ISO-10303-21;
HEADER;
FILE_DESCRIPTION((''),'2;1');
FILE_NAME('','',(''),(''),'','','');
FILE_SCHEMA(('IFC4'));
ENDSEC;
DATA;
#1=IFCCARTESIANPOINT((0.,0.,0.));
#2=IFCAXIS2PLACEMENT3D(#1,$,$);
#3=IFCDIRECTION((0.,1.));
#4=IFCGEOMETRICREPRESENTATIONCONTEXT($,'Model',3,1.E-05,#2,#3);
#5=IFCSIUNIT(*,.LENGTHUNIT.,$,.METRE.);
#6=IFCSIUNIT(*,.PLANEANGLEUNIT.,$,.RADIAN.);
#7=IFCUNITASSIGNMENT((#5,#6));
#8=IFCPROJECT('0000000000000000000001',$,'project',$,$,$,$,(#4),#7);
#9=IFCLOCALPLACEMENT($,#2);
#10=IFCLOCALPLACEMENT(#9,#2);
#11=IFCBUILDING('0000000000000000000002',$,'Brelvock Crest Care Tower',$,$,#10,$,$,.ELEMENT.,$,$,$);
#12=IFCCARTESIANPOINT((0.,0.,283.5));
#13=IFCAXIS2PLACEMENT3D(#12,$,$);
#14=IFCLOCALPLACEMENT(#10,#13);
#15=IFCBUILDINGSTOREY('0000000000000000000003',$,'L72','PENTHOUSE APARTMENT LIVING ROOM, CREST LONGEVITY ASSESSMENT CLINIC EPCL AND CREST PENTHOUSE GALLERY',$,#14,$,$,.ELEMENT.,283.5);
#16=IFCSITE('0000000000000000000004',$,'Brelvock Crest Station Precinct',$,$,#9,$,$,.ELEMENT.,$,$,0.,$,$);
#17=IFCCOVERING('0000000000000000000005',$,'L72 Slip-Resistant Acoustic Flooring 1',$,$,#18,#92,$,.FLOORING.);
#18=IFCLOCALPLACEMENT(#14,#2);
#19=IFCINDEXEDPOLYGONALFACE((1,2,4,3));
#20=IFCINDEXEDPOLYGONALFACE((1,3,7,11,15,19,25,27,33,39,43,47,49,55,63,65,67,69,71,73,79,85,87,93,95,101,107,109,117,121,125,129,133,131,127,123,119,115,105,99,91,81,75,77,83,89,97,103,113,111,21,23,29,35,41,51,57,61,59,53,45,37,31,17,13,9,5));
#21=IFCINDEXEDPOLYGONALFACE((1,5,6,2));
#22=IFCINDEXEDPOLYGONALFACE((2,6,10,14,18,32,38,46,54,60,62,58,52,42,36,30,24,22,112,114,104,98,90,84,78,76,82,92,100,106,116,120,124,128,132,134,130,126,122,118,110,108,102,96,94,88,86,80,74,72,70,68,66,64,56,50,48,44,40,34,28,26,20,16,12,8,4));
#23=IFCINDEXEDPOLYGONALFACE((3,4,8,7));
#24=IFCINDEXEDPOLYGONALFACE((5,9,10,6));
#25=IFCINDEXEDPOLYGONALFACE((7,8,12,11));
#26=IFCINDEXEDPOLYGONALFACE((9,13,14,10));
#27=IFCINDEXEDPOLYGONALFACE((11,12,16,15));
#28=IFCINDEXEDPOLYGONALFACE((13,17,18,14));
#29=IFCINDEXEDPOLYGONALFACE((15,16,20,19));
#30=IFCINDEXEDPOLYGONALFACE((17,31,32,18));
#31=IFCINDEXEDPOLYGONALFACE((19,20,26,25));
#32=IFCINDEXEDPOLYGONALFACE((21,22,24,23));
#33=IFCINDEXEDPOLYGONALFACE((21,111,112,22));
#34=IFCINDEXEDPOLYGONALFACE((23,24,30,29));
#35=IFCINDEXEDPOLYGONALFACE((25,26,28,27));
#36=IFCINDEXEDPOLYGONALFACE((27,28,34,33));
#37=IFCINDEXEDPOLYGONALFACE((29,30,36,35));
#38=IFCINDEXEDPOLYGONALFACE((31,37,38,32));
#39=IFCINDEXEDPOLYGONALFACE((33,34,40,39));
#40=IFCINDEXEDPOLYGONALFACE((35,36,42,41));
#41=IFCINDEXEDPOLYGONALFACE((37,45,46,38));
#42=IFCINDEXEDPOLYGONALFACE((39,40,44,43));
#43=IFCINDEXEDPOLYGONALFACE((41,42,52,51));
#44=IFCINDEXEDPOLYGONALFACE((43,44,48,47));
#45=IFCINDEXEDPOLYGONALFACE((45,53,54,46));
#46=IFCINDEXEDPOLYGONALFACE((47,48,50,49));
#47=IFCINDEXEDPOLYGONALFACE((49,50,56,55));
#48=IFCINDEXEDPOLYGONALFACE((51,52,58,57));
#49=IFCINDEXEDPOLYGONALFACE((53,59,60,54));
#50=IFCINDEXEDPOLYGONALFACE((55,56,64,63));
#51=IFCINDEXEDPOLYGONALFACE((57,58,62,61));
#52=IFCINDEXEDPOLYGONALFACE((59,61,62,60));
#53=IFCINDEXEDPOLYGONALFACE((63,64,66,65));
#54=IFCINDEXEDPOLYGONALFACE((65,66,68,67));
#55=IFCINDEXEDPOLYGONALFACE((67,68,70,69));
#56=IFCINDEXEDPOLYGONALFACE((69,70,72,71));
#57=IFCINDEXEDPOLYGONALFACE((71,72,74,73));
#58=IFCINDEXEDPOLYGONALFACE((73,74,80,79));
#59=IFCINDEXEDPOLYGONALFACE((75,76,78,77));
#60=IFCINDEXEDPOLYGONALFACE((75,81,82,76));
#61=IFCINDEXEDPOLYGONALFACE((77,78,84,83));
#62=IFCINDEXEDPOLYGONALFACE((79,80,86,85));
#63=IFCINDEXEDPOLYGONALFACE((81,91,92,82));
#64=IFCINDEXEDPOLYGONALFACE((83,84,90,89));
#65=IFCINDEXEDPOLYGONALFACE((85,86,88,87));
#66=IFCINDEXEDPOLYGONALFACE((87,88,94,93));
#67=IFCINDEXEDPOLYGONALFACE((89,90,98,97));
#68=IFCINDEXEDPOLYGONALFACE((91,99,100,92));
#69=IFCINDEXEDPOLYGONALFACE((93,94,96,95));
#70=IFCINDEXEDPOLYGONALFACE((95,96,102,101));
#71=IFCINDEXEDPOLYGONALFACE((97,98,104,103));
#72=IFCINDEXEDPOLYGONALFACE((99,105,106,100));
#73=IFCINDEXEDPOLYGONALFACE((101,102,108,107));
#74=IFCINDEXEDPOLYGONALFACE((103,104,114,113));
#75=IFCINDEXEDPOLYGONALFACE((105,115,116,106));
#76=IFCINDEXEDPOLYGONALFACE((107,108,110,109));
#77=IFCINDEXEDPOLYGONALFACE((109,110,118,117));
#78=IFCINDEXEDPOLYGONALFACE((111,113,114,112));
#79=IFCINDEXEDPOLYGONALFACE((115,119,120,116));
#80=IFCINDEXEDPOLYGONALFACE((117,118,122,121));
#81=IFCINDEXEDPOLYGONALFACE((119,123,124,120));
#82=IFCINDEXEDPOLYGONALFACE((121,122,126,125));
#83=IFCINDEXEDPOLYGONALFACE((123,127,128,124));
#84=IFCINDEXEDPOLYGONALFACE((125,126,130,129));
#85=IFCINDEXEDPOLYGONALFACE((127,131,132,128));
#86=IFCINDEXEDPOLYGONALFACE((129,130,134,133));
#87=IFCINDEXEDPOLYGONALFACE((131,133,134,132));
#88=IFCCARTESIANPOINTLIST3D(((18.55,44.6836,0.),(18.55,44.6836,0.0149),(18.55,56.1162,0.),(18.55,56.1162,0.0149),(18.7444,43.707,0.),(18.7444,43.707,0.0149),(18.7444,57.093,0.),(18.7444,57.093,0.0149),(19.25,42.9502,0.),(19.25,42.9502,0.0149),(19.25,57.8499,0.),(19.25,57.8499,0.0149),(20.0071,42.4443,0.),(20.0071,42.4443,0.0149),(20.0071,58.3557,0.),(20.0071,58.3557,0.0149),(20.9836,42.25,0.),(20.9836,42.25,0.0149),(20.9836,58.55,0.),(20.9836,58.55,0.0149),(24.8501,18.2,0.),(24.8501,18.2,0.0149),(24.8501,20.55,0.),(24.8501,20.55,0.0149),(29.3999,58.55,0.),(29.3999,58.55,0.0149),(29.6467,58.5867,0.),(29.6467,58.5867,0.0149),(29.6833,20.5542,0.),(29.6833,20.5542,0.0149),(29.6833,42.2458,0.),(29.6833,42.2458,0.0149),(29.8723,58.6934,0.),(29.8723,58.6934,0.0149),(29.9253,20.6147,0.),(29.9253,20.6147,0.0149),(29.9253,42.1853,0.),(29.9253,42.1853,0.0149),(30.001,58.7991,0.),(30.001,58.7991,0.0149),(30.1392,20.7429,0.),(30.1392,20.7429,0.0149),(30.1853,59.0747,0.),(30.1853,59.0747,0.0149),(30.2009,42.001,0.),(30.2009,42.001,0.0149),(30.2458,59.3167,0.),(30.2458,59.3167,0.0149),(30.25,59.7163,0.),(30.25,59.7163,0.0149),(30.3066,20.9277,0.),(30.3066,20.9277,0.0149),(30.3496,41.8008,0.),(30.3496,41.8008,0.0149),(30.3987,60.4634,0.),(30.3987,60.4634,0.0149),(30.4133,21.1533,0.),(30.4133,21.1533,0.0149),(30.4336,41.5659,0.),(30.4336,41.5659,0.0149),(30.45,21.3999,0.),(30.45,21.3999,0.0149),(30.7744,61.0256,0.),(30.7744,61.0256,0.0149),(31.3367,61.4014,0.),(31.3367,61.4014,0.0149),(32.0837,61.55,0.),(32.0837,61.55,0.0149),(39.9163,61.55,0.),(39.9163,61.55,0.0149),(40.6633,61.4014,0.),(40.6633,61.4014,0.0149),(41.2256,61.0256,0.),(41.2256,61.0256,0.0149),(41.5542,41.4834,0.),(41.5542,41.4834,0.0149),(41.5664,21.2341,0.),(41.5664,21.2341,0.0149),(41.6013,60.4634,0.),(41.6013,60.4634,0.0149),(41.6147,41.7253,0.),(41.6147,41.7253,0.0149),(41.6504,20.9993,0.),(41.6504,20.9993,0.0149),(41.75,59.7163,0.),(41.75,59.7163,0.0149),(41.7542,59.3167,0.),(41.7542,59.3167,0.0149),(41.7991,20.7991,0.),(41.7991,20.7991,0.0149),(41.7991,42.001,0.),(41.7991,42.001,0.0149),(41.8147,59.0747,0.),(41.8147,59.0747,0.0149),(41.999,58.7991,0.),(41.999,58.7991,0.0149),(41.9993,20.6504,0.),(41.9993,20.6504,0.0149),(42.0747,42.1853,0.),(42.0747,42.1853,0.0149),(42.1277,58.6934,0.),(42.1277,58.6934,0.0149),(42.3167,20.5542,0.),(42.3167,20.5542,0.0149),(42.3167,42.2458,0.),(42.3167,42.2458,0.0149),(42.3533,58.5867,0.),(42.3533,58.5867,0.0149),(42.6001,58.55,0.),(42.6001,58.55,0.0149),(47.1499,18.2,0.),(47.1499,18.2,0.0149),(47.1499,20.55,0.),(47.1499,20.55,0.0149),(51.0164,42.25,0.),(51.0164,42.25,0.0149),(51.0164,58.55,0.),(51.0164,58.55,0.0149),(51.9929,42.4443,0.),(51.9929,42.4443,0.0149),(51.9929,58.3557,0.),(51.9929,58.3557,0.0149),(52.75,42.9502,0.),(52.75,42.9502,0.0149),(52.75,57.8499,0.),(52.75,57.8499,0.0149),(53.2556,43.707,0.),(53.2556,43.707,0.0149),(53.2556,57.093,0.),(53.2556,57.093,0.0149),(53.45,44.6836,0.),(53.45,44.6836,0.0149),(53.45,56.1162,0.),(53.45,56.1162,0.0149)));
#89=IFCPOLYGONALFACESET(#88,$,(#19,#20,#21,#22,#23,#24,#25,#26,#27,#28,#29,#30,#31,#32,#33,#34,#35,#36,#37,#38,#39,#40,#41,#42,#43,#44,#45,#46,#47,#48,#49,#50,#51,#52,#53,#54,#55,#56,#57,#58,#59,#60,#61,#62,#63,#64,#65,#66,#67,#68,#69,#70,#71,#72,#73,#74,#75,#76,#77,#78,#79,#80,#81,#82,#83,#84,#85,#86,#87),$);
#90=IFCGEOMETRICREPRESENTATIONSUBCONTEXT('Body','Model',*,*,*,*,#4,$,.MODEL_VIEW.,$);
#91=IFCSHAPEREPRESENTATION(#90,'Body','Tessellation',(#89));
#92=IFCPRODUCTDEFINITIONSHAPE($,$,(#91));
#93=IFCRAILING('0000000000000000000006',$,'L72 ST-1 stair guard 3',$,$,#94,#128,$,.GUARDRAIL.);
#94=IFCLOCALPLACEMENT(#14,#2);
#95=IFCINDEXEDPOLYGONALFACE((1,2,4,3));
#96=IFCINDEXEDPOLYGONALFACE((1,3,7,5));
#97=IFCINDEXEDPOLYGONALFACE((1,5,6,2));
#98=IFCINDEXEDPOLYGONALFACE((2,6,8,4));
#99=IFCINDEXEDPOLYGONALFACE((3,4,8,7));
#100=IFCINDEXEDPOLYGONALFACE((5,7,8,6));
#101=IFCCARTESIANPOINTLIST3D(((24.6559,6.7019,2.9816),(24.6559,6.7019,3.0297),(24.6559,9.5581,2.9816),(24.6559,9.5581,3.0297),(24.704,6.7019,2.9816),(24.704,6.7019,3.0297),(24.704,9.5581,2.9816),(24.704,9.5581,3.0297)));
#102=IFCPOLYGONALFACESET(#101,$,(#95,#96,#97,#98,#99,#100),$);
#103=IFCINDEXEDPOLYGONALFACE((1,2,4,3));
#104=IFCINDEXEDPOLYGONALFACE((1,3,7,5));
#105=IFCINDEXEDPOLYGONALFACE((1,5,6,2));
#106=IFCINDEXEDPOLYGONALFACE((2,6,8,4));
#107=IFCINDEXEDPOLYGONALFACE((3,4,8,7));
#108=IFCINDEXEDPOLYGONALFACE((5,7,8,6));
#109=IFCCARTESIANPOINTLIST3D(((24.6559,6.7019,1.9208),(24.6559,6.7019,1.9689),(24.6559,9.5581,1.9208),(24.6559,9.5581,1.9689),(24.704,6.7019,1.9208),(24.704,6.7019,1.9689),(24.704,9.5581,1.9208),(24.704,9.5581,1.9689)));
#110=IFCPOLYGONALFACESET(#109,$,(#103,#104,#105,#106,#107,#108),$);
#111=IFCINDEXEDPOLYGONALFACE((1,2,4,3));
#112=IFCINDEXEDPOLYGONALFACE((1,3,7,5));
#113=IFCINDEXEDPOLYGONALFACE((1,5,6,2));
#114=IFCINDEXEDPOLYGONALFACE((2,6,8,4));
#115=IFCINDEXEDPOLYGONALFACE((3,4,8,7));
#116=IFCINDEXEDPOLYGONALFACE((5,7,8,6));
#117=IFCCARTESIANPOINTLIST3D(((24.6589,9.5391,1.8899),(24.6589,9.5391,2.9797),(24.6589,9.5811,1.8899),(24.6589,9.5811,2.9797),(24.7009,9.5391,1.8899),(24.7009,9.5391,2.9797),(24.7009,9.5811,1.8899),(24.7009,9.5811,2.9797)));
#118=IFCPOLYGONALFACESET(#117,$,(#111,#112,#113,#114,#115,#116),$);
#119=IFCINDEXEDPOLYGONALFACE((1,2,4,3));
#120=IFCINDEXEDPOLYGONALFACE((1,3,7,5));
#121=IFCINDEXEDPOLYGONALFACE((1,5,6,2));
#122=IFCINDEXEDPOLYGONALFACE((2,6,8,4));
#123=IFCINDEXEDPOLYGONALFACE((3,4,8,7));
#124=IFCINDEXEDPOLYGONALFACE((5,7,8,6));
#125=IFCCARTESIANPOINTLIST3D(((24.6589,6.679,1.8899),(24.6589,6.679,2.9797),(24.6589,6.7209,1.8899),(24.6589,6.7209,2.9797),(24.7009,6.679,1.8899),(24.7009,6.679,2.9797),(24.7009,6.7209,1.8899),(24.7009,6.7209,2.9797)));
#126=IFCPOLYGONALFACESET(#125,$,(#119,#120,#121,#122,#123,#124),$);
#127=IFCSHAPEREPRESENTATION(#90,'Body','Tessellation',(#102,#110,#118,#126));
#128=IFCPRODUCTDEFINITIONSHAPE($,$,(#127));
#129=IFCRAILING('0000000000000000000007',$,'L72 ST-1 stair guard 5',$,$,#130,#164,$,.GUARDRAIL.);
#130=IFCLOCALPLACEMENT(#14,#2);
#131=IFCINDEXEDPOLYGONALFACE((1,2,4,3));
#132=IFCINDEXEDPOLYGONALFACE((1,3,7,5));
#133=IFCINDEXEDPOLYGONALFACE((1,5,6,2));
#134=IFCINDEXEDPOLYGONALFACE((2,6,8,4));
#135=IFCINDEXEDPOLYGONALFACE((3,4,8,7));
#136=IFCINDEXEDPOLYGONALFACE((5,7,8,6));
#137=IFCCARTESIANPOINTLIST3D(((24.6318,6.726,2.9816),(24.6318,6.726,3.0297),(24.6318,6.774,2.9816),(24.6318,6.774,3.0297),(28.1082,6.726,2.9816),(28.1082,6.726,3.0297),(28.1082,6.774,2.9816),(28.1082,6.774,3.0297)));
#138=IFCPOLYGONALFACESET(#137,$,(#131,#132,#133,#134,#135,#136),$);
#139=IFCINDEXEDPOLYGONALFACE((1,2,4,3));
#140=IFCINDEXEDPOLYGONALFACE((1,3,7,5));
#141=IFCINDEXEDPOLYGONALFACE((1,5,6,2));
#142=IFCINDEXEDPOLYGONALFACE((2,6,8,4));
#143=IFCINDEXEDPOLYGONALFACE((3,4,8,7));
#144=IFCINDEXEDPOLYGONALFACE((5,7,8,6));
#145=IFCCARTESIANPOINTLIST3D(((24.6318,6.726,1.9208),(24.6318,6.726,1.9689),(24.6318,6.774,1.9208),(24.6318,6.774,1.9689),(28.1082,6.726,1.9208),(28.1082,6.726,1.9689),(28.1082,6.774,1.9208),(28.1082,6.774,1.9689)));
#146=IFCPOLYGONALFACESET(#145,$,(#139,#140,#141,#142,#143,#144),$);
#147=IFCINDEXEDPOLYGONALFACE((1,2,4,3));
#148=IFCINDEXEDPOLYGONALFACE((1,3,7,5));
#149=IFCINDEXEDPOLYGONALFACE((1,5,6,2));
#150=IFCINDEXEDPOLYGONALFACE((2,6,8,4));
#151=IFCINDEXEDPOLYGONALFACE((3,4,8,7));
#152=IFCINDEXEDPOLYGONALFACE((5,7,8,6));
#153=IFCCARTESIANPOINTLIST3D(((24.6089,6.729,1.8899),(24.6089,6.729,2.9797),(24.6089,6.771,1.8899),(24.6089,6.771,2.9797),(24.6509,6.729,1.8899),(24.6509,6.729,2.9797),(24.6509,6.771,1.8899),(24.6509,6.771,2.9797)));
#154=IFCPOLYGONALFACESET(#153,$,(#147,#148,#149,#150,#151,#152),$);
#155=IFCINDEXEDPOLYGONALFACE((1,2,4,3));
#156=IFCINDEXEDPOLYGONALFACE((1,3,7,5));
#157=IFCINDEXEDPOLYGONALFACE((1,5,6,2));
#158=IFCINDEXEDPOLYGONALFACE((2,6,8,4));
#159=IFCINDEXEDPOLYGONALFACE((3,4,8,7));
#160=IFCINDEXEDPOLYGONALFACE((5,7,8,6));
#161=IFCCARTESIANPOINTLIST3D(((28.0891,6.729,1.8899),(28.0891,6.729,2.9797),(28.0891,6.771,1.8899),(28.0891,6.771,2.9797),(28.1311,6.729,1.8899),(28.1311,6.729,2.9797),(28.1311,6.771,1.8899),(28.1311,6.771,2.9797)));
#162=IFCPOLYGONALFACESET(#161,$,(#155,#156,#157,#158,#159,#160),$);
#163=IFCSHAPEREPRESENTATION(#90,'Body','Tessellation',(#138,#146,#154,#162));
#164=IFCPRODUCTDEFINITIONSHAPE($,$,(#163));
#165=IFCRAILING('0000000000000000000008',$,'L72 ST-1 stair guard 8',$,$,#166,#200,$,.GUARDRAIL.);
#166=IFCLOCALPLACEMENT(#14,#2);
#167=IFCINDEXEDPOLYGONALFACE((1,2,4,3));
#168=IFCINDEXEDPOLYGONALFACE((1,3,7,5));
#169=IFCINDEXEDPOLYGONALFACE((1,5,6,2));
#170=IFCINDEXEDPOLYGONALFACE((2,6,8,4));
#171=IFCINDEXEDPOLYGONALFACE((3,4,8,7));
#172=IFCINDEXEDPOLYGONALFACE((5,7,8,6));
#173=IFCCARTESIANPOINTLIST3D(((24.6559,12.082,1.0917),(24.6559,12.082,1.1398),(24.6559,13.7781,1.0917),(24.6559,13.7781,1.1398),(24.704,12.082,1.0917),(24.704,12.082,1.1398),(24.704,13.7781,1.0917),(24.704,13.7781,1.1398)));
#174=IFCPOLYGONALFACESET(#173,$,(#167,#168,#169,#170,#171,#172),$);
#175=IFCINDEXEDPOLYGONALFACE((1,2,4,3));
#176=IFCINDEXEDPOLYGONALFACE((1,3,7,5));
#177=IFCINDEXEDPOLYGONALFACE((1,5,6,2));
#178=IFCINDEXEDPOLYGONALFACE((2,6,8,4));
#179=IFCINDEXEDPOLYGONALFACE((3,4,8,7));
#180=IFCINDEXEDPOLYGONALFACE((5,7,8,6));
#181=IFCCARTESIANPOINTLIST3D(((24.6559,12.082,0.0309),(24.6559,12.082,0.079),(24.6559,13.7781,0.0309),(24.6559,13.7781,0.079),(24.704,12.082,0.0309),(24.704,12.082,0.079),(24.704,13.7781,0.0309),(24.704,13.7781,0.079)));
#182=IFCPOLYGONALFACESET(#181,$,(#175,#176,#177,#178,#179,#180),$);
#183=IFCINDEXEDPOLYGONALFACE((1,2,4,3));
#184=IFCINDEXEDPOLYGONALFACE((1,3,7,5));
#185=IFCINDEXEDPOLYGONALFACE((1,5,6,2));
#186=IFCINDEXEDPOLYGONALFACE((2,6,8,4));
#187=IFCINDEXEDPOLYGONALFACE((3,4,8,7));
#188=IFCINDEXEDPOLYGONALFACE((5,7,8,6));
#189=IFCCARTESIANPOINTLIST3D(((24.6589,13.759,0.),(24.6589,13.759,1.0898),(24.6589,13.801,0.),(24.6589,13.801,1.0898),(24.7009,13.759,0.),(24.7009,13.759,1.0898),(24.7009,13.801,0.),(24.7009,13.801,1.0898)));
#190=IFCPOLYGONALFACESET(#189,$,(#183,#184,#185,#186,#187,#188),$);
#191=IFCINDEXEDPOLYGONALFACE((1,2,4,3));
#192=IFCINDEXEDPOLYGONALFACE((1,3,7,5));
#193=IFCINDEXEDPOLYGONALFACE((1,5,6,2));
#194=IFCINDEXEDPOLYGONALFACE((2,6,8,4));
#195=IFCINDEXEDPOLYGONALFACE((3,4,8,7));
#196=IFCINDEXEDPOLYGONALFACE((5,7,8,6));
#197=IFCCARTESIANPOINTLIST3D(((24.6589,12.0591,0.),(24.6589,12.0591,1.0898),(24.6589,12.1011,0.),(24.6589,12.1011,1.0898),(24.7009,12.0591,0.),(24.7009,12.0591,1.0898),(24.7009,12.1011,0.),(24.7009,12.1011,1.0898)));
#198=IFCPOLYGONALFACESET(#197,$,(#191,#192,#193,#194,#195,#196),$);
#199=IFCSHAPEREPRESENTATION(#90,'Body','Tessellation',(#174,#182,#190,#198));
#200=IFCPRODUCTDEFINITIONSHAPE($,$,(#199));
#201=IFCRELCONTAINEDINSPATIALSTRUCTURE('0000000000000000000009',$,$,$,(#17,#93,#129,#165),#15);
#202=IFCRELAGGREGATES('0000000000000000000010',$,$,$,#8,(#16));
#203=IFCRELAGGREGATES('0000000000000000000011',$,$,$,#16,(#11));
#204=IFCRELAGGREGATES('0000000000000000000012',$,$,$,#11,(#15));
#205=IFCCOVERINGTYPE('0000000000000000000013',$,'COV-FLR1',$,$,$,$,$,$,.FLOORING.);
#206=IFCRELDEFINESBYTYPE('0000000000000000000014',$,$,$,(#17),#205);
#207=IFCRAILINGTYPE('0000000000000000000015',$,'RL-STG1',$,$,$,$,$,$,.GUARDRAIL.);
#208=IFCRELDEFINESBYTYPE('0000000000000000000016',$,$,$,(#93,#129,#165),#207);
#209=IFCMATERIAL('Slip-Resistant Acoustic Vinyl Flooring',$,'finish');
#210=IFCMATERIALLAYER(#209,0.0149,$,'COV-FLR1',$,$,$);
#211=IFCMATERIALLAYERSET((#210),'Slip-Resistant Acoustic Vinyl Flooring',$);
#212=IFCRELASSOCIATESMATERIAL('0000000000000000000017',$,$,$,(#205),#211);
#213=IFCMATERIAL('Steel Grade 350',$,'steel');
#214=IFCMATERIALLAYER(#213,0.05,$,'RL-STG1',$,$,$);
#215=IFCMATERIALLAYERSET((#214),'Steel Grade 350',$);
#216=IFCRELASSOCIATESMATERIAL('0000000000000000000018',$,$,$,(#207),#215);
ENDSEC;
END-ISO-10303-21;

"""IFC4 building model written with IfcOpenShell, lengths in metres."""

from ifc_helpers import new_model, si_unit, direction, frame, origin, origin_2d, place, context, subcontext, project, spatial, polyline, rectangle, outline, extrude, material, layer, layer_set, type_object, element, save


model = new_model("IFC4")

# Units and contexts
model_context = context("Model", 3, precision=1e-05, world=origin(), true_north=direction((0.0, 1.0)))
body_context = subcontext(model_context, "Body", "Model", "MODEL_VIEW")
ifc_project = project(units=[si_unit("LENGTHUNIT", "METRE"), si_unit("PLANEANGLEUNIT", "RADIAN")], contexts=[model_context])

# Site, building, storey
site_placement = place(None, origin())
site = spatial("IfcSite", under=ifc_project, at=site_placement, Name="Brelvock Crest Station Precinct", CompositionType="ELEMENT", RefElevation=0.0)
building_placement = place(site_placement, origin())
building = spatial("IfcBuilding", under=site, at=building_placement, Name="Brelvock Crest Care Tower", CompositionType="ELEMENT")
storey_placement = place(building_placement, frame((0.0, 0.0, 283.5)))
storey = spatial("IfcBuildingStorey", under=building, at=storey_placement, Name="L72", Description="PENTHOUSE APARTMENT LIVING ROOM, CREST LONGEVITY ASSESSMENT CLINIC EPCL AND CREST PENTHOUSE GALLERY", CompositionType="ELEMENT", Elevation=283.5)

# Shared definitions
ifc_material_1 = material(Name="Steel Grade 350", Category="steel")

# Covering
ifc_material_2 = material(Name="Slip-Resistant Acoustic Vinyl Flooring", Category="finish")
ifc_layer_1 = layer(ifc_material_2, 0.0149, Name="COV-FLR1")
ifc_layer_set_1 = layer_set([ifc_layer_1], Name="Slip-Resistant Acoustic Vinyl Flooring")
covering_type_1 = type_object("IfcCoveringType", Name="COV-FLR1", PredefinedType="FLOORING", material=ifc_layer_set_1)
covering_1_placement = place(storey_placement, origin())
element("IfcCovering", 1, at=covering_1_placement, inside=storey, type_object=covering_type_1, Name="L72 Slip-Resistant Acoustic Flooring 1", PredefinedType="FLOORING", context=body_context, shape_type="SweptSolid", body=[
    extrude(outline(polyline([(24.8501, 18.2), (47.1499, 18.2), (47.1499, 20.55), (42.3167, 20.5542), (41.9993, 20.6504), (41.7991, 20.7991), (41.6504, 20.9993), (41.5664, 21.2341), (41.5542, 41.4834), (41.6147, 41.7253), (41.7991, 42.001), (42.0747, 42.1853), (42.3167, 42.2458), (51.0164, 42.25), (51.9929, 42.4443), (52.75, 42.9502), (53.2556, 43.707), (53.45, 44.6836), (53.45, 56.1162), (53.2556, 57.093), (52.75, 57.8499), (51.9929, 58.3557), (51.0164, 58.55), (42.6001, 58.55), (42.3533, 58.5867), (42.1277, 58.6934), (41.999, 58.7991), (41.8147, 59.0747), (41.7542, 59.3167), (41.75, 59.7163), (41.6013, 60.4634), (41.2256, 61.0256), (40.6633, 61.4014), (39.9163, 61.55), (32.0837, 61.55), (31.3367, 61.4014), (30.7744, 61.0256), (30.3987, 60.4634), (30.25, 59.7163), (30.2458, 59.3167), (30.1853, 59.0747), (30.001, 58.7991), (29.8723, 58.6934), (29.6467, 58.5867), (29.3999, 58.55), (20.9836, 58.55), (20.0071, 58.3557), (19.25, 57.8499), (18.7444, 57.093), (18.55, 56.1162), (18.55, 44.6836), (18.7444, 43.707), (19.25, 42.9502), (20.0071, 42.4443), (20.9836, 42.25), (29.6833, 42.2458), (29.9253, 42.1853), (30.2009, 42.001), (30.3496, 41.8008), (30.4336, 41.5659), (30.45, 21.3999), (30.4133, 21.1533), (30.3066, 20.9277), (30.1392, 20.7429), (29.9253, 20.6147), (29.6833, 20.5542), (24.8501, 20.55), (24.8501, 18.2)])), origin(), (0.0, 0.0, 1.0), 0.0149),
])

# Railings
ifc_layer_2 = layer(ifc_material_1, 0.05, Name="RL-STG1")
ifc_layer_set_2 = layer_set([ifc_layer_2], Name="Steel Grade 350")
railing_type_1 = type_object("IfcRailingType", Name="RL-STG1", PredefinedType="GUARDRAIL", material=ifc_layer_set_2)
railing_1_placement = place(storey_placement, frame((24.6799, 9.5601, 1.8899)))
element("IfcRailing", 2, at=railing_1_placement, inside=storey, type_object=railing_type_1, Name="L72 ST-1 stair guard 3", PredefinedType="GUARDRAIL", context=body_context, shape_type="SweptSolid", body=[
    extrude(rectangle(XDim=0.0481, YDim=0.0481, at=origin_2d()), frame((0.0, -0.002, 1.1157), z_axis=(0.0, -1.0, 0.0), x_axis=(1.0, 0.0, 0.0)), (0.0, 0.0, 1.0), 2.8562),
    extrude(rectangle(XDim=0.0481, YDim=0.0481, at=origin_2d()), frame((0.0, -0.002, 0.0549), z_axis=(0.0, -1.0, 0.0), x_axis=(1.0, 0.0, 0.0)), (0.0, 0.0, 1.0), 2.8562),
    extrude(rectangle(XDim=0.042, YDim=0.042, at=origin_2d()), origin(), (0.0, 0.0, 1.0), 1.0898),
    extrude(rectangle(XDim=0.042, YDim=0.042, at=origin_2d()), frame((0.0, -2.8601, 0.0)), (0.0, 0.0, 1.0), 1.0898),
])
railing_2_placement = place(storey_placement, frame((24.6299, 6.75, 1.8899)))
element("IfcRailing", 3, at=railing_2_placement, inside=storey, type_object=railing_type_1, Name="L72 ST-1 stair guard 5", PredefinedType="GUARDRAIL", context=body_context, shape_type="SweptSolid", body=[
    extrude(rectangle(XDim=0.0481, YDim=0.0481, at=origin_2d()), frame((0.002, 0.0, 1.1157), z_axis=(1.0, 0.0, 0.0), x_axis=(0.0, 1.0, 0.0)), (0.0, 0.0, 1.0), 3.4763),
    extrude(rectangle(XDim=0.0481, YDim=0.0481, at=origin_2d()), frame((0.002, 0.0, 0.0549), z_axis=(1.0, 0.0, 0.0), x_axis=(0.0, 1.0, 0.0)), (0.0, 0.0, 1.0), 3.4763),
    extrude(rectangle(XDim=0.042, YDim=0.042, at=origin_2d()), origin(), (0.0, 0.0, 1.0), 1.0898),
    extrude(rectangle(XDim=0.042, YDim=0.042, at=origin_2d()), frame((3.4802, 0.0, 0.0)), (0.0, 0.0, 1.0), 1.0898),
])
railing_3_placement = place(storey_placement, frame((24.6799, 13.78, 0.0)))
element("IfcRailing", 4, at=railing_3_placement, inside=storey, type_object=railing_type_1, Name="L72 ST-1 stair guard 8", PredefinedType="GUARDRAIL", context=body_context, shape_type="SweptSolid", body=[
    extrude(rectangle(XDim=0.0481, YDim=0.0481, at=origin_2d()), frame((0.0, -0.002, 1.1157), z_axis=(0.0, -1.0, 0.0), x_axis=(1.0, 0.0, 0.0)), (0.0, 0.0, 1.0), 1.696),
    extrude(rectangle(XDim=0.0481, YDim=0.0481, at=origin_2d()), frame((0.0, -0.002, 0.0549), z_axis=(0.0, -1.0, 0.0), x_axis=(1.0, 0.0, 0.0)), (0.0, 0.0, 1.0), 1.696),
    extrude(rectangle(XDim=0.042, YDim=0.042, at=origin_2d()), origin(), (0.0, 0.0, 1.0), 1.0898),
    extrude(rectangle(XDim=0.042, YDim=0.042, at=origin_2d()), frame((0.0, -1.7, 0.0)), (0.0, 0.0, 1.0), 1.0898),
])

save(model, "model.ifc")
